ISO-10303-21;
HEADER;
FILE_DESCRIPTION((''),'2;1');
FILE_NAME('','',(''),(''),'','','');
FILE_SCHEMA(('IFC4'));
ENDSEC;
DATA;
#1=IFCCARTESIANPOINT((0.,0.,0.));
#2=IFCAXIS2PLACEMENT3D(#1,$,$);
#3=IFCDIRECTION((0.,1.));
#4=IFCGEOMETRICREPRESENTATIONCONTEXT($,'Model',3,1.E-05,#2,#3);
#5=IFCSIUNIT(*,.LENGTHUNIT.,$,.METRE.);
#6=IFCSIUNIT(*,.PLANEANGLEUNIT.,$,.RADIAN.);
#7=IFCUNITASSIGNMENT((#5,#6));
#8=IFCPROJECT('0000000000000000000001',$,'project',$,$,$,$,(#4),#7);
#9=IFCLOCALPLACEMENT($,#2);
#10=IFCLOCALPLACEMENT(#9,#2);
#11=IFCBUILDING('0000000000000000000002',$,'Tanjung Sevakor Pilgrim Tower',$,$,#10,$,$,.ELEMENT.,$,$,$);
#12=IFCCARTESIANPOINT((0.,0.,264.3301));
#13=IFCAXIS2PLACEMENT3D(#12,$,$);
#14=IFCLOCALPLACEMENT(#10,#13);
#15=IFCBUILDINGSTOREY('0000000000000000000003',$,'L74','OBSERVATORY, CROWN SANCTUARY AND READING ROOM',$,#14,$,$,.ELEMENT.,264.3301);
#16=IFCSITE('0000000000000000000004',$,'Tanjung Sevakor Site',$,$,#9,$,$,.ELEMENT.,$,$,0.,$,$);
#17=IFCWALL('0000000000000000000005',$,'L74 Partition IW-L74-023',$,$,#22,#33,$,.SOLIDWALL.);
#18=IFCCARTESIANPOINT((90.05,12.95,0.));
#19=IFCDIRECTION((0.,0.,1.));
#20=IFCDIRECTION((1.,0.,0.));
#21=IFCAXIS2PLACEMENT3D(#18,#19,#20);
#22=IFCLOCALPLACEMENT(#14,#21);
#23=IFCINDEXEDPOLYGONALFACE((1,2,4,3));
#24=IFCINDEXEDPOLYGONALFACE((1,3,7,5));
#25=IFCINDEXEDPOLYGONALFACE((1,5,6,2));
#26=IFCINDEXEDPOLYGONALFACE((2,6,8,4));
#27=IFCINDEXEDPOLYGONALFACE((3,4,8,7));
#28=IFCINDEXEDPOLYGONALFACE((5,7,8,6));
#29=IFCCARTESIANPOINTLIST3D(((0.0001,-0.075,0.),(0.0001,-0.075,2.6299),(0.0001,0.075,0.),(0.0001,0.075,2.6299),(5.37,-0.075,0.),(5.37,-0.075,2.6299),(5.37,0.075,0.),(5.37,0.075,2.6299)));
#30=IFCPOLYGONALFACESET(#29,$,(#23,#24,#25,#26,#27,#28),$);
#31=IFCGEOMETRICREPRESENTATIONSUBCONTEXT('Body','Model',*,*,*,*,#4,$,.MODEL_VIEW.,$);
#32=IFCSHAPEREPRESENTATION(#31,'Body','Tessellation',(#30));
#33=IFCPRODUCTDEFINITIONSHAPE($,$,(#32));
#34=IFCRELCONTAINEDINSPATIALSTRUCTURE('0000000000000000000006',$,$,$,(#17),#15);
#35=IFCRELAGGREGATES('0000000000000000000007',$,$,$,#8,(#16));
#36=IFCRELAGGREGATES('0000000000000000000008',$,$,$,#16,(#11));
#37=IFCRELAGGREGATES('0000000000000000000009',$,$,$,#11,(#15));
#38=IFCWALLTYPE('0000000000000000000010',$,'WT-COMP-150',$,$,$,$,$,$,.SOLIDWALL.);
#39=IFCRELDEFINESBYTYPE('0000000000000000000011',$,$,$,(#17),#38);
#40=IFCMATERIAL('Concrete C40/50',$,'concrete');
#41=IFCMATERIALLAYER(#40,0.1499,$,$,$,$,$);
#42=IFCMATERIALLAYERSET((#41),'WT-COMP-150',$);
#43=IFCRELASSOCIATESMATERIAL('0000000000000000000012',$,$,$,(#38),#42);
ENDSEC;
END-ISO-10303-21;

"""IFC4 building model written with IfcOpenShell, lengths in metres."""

from ifc_helpers import new_model, si_unit, direction, frame, frame_2d, origin, place, context, subcontext, project, spatial, rectangle, extrude, material, layer, layer_set, type_object, element, save


model = new_model("IFC4")

# Units and contexts
model_context = context("Model", 3, precision=1e-05, world=origin(), true_north=direction((0.0, 1.0)))
body_context = subcontext(model_context, "Body", "Model", "MODEL_VIEW")
ifc_project = project(units=[si_unit("LENGTHUNIT", "METRE"), si_unit("PLANEANGLEUNIT", "RADIAN")], contexts=[model_context])

# Site, building, storey
site_placement = place(None, origin())
site = spatial("IfcSite", under=ifc_project, at=site_placement, Name="Tanjung Sevakor Site", CompositionType="ELEMENT", RefElevation=0.0)
building_placement = place(site_placement, origin())
building = spatial("IfcBuilding", under=site, at=building_placement, Name="Tanjung Sevakor Pilgrim Tower", CompositionType="ELEMENT")
storey_placement = place(building_placement, frame((0.0, 0.0, 264.3301)))
storey = spatial("IfcBuildingStorey", under=building, at=storey_placement, Name="L74", Description="OBSERVATORY, CROWN SANCTUARY AND READING ROOM", CompositionType="ELEMENT", Elevation=264.3301)

# Wall
ifc_material_1 = material(Name="Concrete C40/50", Category="concrete")
ifc_layer_1 = layer(ifc_material_1, 0.1499)
ifc_layer_set_1 = layer_set([ifc_layer_1], Name="WT-COMP-150")
wall_type_1 = type_object("IfcWallType", Name="WT-COMP-150", PredefinedType="SOLIDWALL", material=ifc_layer_set_1)
wall_1_placement = place(storey_placement, frame((90.05, 12.95, 0.0), z_axis=(0.0, 0.0, 1.0), x_axis=(1.0, 0.0, 0.0)))
element("IfcWall", 1, at=wall_1_placement, inside=storey, type_object=wall_type_1, Name="L74 Partition IW-L74-023", PredefinedType="SOLIDWALL", context=body_context, shape_type="SweptSolid", body=[
    extrude(rectangle(XDim=5.3699, YDim=0.1499, at=frame_2d((2.6851, 0.0))), origin(), (0.0, 0.0, 1.0), 2.6299),
])

save(model, "model.ifc")
